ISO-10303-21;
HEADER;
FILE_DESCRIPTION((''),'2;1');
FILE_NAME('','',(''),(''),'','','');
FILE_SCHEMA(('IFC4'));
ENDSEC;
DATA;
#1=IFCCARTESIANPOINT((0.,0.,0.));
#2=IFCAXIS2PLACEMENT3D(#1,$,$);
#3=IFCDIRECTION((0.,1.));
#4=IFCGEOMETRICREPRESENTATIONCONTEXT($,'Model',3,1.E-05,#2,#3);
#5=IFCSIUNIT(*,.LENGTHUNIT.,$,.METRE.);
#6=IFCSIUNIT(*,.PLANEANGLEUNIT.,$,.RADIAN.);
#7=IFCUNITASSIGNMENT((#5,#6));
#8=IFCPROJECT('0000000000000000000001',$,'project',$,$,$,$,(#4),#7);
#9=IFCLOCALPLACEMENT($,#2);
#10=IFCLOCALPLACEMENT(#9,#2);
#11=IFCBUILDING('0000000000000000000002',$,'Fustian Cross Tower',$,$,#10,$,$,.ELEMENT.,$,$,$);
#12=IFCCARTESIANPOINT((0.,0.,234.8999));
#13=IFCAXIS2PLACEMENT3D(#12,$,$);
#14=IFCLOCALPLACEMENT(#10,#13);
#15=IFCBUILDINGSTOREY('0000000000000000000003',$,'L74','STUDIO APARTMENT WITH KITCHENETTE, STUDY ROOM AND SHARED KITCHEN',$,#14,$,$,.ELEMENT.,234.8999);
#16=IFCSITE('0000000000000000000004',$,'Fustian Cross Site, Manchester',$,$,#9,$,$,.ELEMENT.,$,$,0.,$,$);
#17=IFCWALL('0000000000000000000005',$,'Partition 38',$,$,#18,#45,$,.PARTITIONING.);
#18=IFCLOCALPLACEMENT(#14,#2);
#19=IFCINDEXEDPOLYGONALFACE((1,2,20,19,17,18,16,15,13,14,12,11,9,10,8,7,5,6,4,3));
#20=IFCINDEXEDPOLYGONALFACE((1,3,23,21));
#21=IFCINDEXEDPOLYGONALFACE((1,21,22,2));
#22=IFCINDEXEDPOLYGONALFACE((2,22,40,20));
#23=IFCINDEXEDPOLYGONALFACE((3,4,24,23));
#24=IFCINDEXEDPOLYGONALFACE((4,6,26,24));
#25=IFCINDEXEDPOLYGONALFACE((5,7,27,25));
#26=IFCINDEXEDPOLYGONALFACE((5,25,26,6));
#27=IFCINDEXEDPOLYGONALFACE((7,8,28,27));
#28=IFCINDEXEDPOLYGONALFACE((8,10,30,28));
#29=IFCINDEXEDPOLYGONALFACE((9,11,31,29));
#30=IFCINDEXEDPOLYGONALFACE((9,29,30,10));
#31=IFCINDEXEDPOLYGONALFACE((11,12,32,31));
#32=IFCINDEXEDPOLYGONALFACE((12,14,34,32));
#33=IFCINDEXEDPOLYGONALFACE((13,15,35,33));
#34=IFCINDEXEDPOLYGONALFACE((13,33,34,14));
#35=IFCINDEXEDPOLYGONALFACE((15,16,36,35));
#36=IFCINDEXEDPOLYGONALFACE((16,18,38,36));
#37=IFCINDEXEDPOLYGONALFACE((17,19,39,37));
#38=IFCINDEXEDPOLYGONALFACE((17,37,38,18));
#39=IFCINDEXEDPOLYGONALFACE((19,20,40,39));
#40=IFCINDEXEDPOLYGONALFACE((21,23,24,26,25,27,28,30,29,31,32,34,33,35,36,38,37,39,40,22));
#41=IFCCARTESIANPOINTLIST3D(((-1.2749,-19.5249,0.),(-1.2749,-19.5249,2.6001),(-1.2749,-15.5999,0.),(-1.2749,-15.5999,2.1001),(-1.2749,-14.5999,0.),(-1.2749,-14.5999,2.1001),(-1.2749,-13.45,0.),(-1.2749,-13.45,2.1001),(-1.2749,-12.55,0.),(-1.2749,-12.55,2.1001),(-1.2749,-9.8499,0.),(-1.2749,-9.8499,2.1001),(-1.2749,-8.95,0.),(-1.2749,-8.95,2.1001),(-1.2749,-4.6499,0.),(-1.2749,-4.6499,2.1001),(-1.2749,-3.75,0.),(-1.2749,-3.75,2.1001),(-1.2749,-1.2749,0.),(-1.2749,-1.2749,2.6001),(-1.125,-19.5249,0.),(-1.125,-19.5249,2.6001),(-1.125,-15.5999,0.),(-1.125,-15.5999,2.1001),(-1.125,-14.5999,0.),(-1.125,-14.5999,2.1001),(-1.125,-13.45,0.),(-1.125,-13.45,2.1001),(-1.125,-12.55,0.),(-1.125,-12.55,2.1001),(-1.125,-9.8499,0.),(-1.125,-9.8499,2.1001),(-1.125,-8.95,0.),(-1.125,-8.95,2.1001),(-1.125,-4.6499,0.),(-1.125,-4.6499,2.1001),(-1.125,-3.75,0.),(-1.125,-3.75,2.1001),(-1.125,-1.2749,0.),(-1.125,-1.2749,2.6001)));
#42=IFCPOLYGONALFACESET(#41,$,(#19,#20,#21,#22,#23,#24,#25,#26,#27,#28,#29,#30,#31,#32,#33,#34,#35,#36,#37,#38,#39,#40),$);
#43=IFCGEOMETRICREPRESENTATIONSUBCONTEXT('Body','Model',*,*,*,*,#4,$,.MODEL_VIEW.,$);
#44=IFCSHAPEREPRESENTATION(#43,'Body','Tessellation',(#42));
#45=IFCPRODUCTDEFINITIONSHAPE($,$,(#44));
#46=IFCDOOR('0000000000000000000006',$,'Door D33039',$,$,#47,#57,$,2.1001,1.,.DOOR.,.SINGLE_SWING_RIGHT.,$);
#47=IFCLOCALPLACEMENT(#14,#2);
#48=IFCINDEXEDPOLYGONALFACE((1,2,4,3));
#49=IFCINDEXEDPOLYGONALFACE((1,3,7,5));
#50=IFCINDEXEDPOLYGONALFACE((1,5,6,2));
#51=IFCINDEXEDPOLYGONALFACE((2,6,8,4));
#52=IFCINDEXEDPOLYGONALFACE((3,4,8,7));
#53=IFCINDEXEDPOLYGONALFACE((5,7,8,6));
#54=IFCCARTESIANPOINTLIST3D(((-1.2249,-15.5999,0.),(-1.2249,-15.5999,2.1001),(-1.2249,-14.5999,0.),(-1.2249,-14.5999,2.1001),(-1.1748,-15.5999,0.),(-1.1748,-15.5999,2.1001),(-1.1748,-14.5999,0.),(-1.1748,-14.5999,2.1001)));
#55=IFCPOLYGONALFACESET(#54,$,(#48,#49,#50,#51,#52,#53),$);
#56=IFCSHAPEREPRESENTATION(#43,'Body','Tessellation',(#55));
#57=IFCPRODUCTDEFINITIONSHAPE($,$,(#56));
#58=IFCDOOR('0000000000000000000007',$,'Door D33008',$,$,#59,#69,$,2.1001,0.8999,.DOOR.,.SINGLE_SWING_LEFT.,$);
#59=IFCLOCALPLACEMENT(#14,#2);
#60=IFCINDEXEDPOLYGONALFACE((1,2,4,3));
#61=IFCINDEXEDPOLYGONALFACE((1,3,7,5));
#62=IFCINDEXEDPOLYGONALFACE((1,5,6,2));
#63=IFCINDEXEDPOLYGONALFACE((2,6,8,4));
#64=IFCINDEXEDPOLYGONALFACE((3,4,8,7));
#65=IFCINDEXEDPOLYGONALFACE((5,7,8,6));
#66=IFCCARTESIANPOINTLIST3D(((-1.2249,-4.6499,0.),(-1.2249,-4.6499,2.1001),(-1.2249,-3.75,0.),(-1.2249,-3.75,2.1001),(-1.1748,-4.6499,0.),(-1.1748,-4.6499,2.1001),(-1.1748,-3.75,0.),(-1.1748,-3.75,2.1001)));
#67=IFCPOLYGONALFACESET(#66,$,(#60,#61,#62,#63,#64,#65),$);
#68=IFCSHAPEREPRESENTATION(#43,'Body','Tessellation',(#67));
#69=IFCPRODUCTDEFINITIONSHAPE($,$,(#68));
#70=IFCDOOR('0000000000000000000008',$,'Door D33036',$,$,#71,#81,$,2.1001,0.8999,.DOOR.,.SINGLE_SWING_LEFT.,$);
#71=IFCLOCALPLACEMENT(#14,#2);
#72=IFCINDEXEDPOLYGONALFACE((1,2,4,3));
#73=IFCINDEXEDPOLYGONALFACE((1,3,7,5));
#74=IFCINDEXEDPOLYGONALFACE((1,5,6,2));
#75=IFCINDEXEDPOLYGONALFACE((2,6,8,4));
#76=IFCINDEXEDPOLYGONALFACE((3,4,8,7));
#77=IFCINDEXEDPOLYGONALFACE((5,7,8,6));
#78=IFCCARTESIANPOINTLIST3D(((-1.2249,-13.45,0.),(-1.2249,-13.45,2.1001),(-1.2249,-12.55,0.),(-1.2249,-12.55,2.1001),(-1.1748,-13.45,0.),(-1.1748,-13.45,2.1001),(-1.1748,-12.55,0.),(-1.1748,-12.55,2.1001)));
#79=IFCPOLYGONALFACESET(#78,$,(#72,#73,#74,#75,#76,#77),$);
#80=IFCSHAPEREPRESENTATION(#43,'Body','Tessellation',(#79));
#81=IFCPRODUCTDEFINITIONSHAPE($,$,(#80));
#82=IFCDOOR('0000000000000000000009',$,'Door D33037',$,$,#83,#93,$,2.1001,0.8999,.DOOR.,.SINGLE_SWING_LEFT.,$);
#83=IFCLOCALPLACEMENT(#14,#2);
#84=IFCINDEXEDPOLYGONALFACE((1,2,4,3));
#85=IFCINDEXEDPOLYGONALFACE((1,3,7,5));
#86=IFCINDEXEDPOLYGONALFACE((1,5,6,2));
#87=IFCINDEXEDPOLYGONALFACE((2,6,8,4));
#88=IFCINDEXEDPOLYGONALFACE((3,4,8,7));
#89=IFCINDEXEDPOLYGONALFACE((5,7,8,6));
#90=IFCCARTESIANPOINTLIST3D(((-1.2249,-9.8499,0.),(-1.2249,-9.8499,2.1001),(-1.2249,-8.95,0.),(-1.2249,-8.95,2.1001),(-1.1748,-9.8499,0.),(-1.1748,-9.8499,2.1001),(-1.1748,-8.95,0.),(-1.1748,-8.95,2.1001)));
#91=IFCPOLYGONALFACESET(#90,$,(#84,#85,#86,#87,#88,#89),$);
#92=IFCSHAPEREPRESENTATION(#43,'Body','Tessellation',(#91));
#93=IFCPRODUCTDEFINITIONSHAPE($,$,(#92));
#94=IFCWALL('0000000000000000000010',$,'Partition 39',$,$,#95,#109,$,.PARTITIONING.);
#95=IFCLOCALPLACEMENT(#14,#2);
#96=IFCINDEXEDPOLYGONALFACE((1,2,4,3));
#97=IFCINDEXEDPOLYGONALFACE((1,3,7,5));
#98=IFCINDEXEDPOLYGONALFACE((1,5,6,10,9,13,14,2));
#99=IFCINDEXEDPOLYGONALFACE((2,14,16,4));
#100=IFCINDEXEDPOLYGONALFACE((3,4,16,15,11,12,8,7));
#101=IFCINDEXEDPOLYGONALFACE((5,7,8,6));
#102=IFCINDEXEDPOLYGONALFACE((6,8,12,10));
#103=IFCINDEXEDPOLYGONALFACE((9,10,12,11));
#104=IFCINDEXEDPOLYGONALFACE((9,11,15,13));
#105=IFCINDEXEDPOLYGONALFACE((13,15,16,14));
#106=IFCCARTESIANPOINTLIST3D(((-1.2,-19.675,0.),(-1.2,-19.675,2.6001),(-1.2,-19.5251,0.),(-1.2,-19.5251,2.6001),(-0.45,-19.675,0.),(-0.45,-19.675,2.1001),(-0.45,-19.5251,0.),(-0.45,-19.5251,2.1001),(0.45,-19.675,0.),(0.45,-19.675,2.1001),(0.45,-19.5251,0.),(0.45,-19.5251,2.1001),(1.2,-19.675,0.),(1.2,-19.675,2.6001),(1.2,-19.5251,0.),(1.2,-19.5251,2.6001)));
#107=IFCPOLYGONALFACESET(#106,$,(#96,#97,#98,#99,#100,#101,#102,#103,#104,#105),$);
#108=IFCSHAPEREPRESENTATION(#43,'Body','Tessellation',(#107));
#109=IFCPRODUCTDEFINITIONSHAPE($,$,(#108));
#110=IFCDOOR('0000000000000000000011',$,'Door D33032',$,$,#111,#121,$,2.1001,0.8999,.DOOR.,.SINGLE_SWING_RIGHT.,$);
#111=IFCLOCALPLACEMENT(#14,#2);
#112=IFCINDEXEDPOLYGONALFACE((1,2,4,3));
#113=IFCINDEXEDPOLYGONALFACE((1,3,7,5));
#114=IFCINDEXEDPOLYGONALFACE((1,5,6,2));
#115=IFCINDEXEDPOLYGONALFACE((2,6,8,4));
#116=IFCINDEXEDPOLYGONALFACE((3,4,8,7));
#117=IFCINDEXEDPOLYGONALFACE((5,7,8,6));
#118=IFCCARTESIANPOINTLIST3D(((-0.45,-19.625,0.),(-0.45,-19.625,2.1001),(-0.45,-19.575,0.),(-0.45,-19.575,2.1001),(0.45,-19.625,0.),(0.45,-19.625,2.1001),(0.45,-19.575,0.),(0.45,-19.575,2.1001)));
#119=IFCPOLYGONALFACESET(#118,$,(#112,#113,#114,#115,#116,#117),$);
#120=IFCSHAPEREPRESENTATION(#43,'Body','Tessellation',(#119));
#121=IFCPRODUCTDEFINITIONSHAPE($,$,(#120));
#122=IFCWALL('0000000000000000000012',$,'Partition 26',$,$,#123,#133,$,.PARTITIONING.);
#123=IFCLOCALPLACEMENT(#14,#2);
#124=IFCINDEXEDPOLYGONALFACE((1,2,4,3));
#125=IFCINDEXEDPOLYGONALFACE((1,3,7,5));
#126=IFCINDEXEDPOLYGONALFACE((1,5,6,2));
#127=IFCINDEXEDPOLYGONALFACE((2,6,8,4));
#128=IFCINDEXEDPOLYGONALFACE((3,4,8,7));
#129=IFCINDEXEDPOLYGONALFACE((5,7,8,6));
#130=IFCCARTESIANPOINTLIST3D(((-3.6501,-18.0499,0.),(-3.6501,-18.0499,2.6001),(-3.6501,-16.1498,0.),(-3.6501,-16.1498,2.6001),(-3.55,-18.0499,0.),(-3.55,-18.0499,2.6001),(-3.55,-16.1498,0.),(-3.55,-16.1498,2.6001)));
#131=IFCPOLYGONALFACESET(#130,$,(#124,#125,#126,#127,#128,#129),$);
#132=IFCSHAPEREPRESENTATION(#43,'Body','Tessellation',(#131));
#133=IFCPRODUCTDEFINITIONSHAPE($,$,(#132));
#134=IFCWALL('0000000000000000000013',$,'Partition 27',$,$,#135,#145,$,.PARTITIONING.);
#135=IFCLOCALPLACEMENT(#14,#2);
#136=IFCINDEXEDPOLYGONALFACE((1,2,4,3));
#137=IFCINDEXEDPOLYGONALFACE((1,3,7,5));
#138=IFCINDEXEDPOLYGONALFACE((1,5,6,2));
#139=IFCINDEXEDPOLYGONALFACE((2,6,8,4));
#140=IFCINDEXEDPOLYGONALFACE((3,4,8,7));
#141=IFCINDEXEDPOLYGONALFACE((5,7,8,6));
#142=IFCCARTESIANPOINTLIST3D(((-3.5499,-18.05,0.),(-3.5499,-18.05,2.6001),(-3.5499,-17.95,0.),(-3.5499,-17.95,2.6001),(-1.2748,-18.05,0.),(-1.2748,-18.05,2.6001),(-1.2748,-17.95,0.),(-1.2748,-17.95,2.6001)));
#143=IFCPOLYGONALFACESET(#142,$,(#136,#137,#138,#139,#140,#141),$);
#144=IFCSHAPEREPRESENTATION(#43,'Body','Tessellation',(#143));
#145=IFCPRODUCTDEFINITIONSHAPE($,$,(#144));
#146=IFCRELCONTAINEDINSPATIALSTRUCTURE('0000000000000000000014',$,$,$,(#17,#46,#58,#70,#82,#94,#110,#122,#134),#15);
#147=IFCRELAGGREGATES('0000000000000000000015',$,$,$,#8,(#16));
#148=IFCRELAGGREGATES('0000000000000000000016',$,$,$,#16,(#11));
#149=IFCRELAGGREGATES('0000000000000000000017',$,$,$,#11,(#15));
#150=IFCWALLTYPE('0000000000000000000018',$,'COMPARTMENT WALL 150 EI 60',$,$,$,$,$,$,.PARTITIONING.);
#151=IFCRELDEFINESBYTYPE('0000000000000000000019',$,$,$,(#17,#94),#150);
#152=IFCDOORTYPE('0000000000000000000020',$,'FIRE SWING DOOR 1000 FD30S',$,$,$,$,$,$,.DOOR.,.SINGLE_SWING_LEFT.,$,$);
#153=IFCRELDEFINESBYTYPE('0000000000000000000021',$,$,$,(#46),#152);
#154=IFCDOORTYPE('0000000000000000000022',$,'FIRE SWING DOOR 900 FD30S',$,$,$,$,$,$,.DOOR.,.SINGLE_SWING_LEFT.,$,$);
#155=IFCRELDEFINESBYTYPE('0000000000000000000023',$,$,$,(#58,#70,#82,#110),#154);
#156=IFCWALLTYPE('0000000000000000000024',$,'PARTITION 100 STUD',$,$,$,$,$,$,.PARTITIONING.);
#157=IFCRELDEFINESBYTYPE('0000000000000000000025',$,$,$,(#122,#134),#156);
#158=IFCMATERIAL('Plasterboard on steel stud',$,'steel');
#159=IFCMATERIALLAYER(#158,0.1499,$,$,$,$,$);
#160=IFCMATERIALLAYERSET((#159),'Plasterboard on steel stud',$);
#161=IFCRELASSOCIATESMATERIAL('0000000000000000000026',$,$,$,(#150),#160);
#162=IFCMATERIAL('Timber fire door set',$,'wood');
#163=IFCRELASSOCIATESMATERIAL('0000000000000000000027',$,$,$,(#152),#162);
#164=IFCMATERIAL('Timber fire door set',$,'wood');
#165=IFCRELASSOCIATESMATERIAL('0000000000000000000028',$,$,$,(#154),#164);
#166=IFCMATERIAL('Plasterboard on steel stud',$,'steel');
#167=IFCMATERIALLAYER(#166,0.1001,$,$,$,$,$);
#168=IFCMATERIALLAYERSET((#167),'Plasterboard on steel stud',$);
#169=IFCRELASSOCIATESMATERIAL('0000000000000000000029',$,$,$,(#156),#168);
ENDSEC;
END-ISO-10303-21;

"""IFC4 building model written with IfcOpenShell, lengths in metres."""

from ifc_helpers import new_model, si_unit, direction, frame, frame_2d, origin, place, context, subcontext, project, spatial, rectangle, extrude, material, layer, layer_set, type_object, element, fill, save


model = new_model("IFC4")

# Units and contexts
model_context = context("Model", 3, precision=1e-05, world=origin(), true_north=direction((0.0, 1.0)))
body_context = subcontext(model_context, "Body", "Model", "MODEL_VIEW")
ifc_project = project(units=[si_unit("LENGTHUNIT", "METRE"), si_unit("PLANEANGLEUNIT", "RADIAN")], contexts=[model_context])

# Site, building, storey
site_placement = place(None, origin())
site = spatial("IfcSite", under=ifc_project, at=site_placement, Name="Fustian Cross Site, Manchester", CompositionType="ELEMENT", RefElevation=0.0)
building_placement = place(site_placement, origin())
building = spatial("IfcBuilding", under=site, at=building_placement, Name="Fustian Cross Tower", CompositionType="ELEMENT")
storey_placement = place(building_placement, frame((0.0, 0.0, 234.8999)))
storey = spatial("IfcBuildingStorey", under=building, at=storey_placement, Name="L74", Description="STUDIO APARTMENT WITH KITCHENETTE, STUDY ROOM AND SHARED KITCHEN", CompositionType="ELEMENT", Elevation=234.8999)

# Wall, openings, doors
ifc_material_1 = material(Name="Plasterboard on steel stud", Category="steel")
ifc_layer_1 = layer(ifc_material_1, 0.1499)
ifc_layer_set_1 = layer_set([ifc_layer_1], Name="Plasterboard on steel stud")
wall_type_1 = type_object("IfcWallType", Name="COMPARTMENT WALL 150 EI 60", PredefinedType="PARTITIONING", material=ifc_layer_set_1)
wall_1_placement = place(storey_placement, frame((-1.2, -19.5249, 0.0), z_axis=(0.0, 0.0, 1.0), x_axis=(0.0, 1.0, 0.0)))
wall_1 = element("IfcWall", 1, at=wall_1_placement, inside=storey, type_object=wall_type_1, Name="Partition 38", PredefinedType="PARTITIONING", context=body_context, shape_type="SweptSolid", body=[
    extrude(rectangle(XDim=18.25, YDim=0.1499, at=frame_2d((9.125, 0.0))), origin(), (0.0, 0.0, 1.0), 2.6001),
])
opening_1_placement = place(wall_1_placement, frame((14.875, 0.0, 0.0)))
opening_1 = element("IfcOpeningElement", 2, at=opening_1_placement, cuts=wall_1, PredefinedType="OPENING", context=body_context, shape_type="SweptSolid", body=[
    extrude(rectangle(XDim=0.8999, YDim=2.1001, at=frame_2d((0.45, 1.05))), frame((0.0, 0.085, 0.0), z_axis=(0.0, -1.0, 0.0), x_axis=(1.0, 0.0, 0.0)), (0.0, 0.0, 1.0), 0.1699),
])
opening_2_placement = place(wall_1_placement, frame((6.075, 0.0, 0.0)))
opening_2 = element("IfcOpeningElement", 3, at=opening_2_placement, cuts=wall_1, PredefinedType="OPENING", context=body_context, shape_type="SweptSolid", body=[
    extrude(rectangle(XDim=0.8999, YDim=2.1001, at=frame_2d((0.45, 1.05))), frame((0.0, 0.085, 0.0), z_axis=(0.0, -1.0, 0.0), x_axis=(1.0, 0.0, 0.0)), (0.0, 0.0, 1.0), 0.1699),
])
opening_3_placement = place(wall_1_placement, frame((9.675, 0.0, 0.0)))
opening_3 = element("IfcOpeningElement", 4, at=opening_3_placement, cuts=wall_1, PredefinedType="OPENING", context=body_context, shape_type="SweptSolid", body=[
    extrude(rectangle(XDim=0.8999, YDim=2.1001, at=frame_2d((0.45, 1.05))), frame((0.0, 0.085, 0.0), z_axis=(0.0, -1.0, 0.0), x_axis=(1.0, 0.0, 0.0)), (0.0, 0.0, 1.0), 0.1699),
])
opening_4_placement = place(wall_1_placement, frame((3.925, 0.0, 0.0)))
opening_4 = element("IfcOpeningElement", 5, at=opening_4_placement, cuts=wall_1, PredefinedType="OPENING", context=body_context, shape_type="SweptSolid", body=[
    extrude(rectangle(XDim=1.0, YDim=2.1001, at=frame_2d((0.5, 1.05))), frame((0.0, 0.085, 0.0), z_axis=(0.0, -1.0, 0.0), x_axis=(1.0, 0.0, 0.0)), (0.0, 0.0, 1.0), 0.1699),
])
ifc_material_2 = material(Name="Timber fire door set", Category="wood")
door_type_1 = type_object("IfcDoorType", Name="FIRE SWING DOOR 1000 FD30S", OperationType="SINGLE_SWING_LEFT", PredefinedType="DOOR", material=ifc_material_2)
door_1_placement = place(opening_4_placement, origin())
door_1 = element("IfcDoor", 6, at=door_1_placement, inside=storey, type_object=door_type_1, Name="Door D33039", OperationType="SINGLE_SWING_RIGHT", OverallHeight=2.1001, OverallWidth=1.0, PredefinedType="DOOR", context=body_context, shape_type="SweptSolid", body=[
    extrude(rectangle(XDim=1.0, YDim=2.1001, at=frame_2d((0.5, 1.05))), frame((0.0, 0.0249, 0.0), z_axis=(0.0, -1.0, 0.0), x_axis=(1.0, 0.0, 0.0)), (0.0, 0.0, 1.0), 0.05),
])
fill(opening_4, door_1)
ifc_material_3 = material(Name="Timber fire door set", Category="wood")
door_type_2 = type_object("IfcDoorType", Name="FIRE SWING DOOR 900 FD30S", OperationType="SINGLE_SWING_LEFT", PredefinedType="DOOR", material=ifc_material_3)
door_2_placement = place(opening_1_placement, origin())
door_2 = element("IfcDoor", 7, at=door_2_placement, inside=storey, type_object=door_type_2, Name="Door D33008", OperationType="SINGLE_SWING_LEFT", OverallHeight=2.1001, OverallWidth=0.8999, PredefinedType="DOOR", context=body_context, shape_type="SweptSolid", body=[
    extrude(rectangle(XDim=0.8999, YDim=2.1001, at=frame_2d((0.45, 1.05))), frame((0.0, 0.0249, 0.0), z_axis=(0.0, -1.0, 0.0), x_axis=(1.0, 0.0, 0.0)), (0.0, 0.0, 1.0), 0.05),
])
fill(opening_1, door_2)
door_3_placement = place(opening_2_placement, origin())
door_3 = element("IfcDoor", 8, at=door_3_placement, inside=storey, type_object=door_type_2, Name="Door D33036", OperationType="SINGLE_SWING_LEFT", OverallHeight=2.1001, OverallWidth=0.8999, PredefinedType="DOOR", context=body_context, shape_type="SweptSolid", body=[
    extrude(rectangle(XDim=0.8999, YDim=2.1001, at=frame_2d((0.45, 1.05))), frame((0.0, 0.0249, 0.0), z_axis=(0.0, -1.0, 0.0), x_axis=(1.0, 0.0, 0.0)), (0.0, 0.0, 1.0), 0.05),
])
fill(opening_2, door_3)
door_4_placement = place(opening_3_placement, origin())
door_4 = element("IfcDoor", 9, at=door_4_placement, inside=storey, type_object=door_type_2, Name="Door D33037", OperationType="SINGLE_SWING_LEFT", OverallHeight=2.1001, OverallWidth=0.8999, PredefinedType="DOOR", context=body_context, shape_type="SweptSolid", body=[
    extrude(rectangle(XDim=0.8999, YDim=2.1001, at=frame_2d((0.45, 1.05))), frame((0.0, 0.0249, 0.0), z_axis=(0.0, -1.0, 0.0), x_axis=(1.0, 0.0, 0.0)), (0.0, 0.0, 1.0), 0.05),
])
fill(opening_3, door_4)

# Wall, opening, door
wall_2_placement = place(storey_placement, frame((-1.2, -19.6001, 0.0), z_axis=(0.0, 0.0, 1.0), x_axis=(1.0, 0.0, 0.0)))
wall_2 = element("IfcWall", 10, at=wall_2_placement, inside=storey, type_object=wall_type_1, Name="Partition 39", PredefinedType="PARTITIONING", context=body_context, shape_type="SweptSolid", body=[
    extrude(rectangle(XDim=2.3999, YDim=0.1499, at=frame_2d((1.2, 0.0))), origin(), (0.0, 0.0, 1.0), 2.6001),
])
opening_5_placement = place(wall_2_placement, frame((0.75, 0.0, 0.0)))
opening_5 = element("IfcOpeningElement", 11, at=opening_5_placement, cuts=wall_2, PredefinedType="OPENING", context=body_context, shape_type="SweptSolid", body=[
    extrude(rectangle(XDim=0.8999, YDim=2.1001, at=frame_2d((0.45, 1.05))), frame((0.0, 0.085, 0.0), z_axis=(0.0, -1.0, 0.0), x_axis=(1.0, 0.0, 0.0)), (0.0, 0.0, 1.0), 0.1699),
])
door_5_placement = place(opening_5_placement, frame((0.8999, 0.0, 0.0), z_axis=(0.0, 0.0, 1.0), x_axis=(-1.0, 0.0, 0.0)))
door_5 = element("IfcDoor", 12, at=door_5_placement, inside=storey, type_object=door_type_2, Name="Door D33032", OperationType="SINGLE_SWING_RIGHT", OverallHeight=2.1001, OverallWidth=0.8999, PredefinedType="DOOR", context=body_context, shape_type="SweptSolid", body=[
    extrude(rectangle(XDim=0.8999, YDim=2.1001, at=frame_2d((0.45, 1.05))), frame((0.0, 0.0249, 0.0), z_axis=(0.0, -1.0, 0.0), x_axis=(1.0, 0.0, 0.0)), (0.0, 0.0, 1.0), 0.05),
])
fill(opening_5, door_5)

# Walls
ifc_material_4 = material(Name="Plasterboard on steel stud", Category="steel")
ifc_layer_2 = layer(ifc_material_4, 0.1001)
ifc_layer_set_2 = layer_set([ifc_layer_2], Name="Plasterboard on steel stud")
wall_type_2 = type_object("IfcWallType", Name="PARTITION 100 STUD", PredefinedType="PARTITIONING", material=ifc_layer_set_2)
wall_3_placement = place(storey_placement, frame((-3.6001, -18.05, 0.0), z_axis=(0.0, 0.0, 1.0), x_axis=(0.0, 1.0, 0.0)))
element("IfcWall", 13, at=wall_3_placement, inside=storey, type_object=wall_type_2, Name="Partition 26", PredefinedType="PARTITIONING", context=body_context, shape_type="SweptSolid", body=[
    extrude(rectangle(XDim=1.9001, YDim=0.1001, at=frame_2d((0.9502, 0.0))), origin(), (0.0, 0.0, 1.0), 2.6001),
])
wall_4_placement = place(storey_placement, frame((-3.55, -18.0, 0.0), z_axis=(0.0, 0.0, 1.0), x_axis=(1.0, 0.0, 0.0)))
element("IfcWall", 14, at=wall_4_placement, inside=storey, type_object=wall_type_2, Name="Partition 27", PredefinedType="PARTITIONING", context=body_context, shape_type="SweptSolid", body=[
    extrude(rectangle(XDim=2.2751, YDim=0.1001, at=frame_2d((1.1377, 0.0))), origin(), (0.0, 0.0, 1.0), 2.6001),
])

save(model, "model.ifc")
